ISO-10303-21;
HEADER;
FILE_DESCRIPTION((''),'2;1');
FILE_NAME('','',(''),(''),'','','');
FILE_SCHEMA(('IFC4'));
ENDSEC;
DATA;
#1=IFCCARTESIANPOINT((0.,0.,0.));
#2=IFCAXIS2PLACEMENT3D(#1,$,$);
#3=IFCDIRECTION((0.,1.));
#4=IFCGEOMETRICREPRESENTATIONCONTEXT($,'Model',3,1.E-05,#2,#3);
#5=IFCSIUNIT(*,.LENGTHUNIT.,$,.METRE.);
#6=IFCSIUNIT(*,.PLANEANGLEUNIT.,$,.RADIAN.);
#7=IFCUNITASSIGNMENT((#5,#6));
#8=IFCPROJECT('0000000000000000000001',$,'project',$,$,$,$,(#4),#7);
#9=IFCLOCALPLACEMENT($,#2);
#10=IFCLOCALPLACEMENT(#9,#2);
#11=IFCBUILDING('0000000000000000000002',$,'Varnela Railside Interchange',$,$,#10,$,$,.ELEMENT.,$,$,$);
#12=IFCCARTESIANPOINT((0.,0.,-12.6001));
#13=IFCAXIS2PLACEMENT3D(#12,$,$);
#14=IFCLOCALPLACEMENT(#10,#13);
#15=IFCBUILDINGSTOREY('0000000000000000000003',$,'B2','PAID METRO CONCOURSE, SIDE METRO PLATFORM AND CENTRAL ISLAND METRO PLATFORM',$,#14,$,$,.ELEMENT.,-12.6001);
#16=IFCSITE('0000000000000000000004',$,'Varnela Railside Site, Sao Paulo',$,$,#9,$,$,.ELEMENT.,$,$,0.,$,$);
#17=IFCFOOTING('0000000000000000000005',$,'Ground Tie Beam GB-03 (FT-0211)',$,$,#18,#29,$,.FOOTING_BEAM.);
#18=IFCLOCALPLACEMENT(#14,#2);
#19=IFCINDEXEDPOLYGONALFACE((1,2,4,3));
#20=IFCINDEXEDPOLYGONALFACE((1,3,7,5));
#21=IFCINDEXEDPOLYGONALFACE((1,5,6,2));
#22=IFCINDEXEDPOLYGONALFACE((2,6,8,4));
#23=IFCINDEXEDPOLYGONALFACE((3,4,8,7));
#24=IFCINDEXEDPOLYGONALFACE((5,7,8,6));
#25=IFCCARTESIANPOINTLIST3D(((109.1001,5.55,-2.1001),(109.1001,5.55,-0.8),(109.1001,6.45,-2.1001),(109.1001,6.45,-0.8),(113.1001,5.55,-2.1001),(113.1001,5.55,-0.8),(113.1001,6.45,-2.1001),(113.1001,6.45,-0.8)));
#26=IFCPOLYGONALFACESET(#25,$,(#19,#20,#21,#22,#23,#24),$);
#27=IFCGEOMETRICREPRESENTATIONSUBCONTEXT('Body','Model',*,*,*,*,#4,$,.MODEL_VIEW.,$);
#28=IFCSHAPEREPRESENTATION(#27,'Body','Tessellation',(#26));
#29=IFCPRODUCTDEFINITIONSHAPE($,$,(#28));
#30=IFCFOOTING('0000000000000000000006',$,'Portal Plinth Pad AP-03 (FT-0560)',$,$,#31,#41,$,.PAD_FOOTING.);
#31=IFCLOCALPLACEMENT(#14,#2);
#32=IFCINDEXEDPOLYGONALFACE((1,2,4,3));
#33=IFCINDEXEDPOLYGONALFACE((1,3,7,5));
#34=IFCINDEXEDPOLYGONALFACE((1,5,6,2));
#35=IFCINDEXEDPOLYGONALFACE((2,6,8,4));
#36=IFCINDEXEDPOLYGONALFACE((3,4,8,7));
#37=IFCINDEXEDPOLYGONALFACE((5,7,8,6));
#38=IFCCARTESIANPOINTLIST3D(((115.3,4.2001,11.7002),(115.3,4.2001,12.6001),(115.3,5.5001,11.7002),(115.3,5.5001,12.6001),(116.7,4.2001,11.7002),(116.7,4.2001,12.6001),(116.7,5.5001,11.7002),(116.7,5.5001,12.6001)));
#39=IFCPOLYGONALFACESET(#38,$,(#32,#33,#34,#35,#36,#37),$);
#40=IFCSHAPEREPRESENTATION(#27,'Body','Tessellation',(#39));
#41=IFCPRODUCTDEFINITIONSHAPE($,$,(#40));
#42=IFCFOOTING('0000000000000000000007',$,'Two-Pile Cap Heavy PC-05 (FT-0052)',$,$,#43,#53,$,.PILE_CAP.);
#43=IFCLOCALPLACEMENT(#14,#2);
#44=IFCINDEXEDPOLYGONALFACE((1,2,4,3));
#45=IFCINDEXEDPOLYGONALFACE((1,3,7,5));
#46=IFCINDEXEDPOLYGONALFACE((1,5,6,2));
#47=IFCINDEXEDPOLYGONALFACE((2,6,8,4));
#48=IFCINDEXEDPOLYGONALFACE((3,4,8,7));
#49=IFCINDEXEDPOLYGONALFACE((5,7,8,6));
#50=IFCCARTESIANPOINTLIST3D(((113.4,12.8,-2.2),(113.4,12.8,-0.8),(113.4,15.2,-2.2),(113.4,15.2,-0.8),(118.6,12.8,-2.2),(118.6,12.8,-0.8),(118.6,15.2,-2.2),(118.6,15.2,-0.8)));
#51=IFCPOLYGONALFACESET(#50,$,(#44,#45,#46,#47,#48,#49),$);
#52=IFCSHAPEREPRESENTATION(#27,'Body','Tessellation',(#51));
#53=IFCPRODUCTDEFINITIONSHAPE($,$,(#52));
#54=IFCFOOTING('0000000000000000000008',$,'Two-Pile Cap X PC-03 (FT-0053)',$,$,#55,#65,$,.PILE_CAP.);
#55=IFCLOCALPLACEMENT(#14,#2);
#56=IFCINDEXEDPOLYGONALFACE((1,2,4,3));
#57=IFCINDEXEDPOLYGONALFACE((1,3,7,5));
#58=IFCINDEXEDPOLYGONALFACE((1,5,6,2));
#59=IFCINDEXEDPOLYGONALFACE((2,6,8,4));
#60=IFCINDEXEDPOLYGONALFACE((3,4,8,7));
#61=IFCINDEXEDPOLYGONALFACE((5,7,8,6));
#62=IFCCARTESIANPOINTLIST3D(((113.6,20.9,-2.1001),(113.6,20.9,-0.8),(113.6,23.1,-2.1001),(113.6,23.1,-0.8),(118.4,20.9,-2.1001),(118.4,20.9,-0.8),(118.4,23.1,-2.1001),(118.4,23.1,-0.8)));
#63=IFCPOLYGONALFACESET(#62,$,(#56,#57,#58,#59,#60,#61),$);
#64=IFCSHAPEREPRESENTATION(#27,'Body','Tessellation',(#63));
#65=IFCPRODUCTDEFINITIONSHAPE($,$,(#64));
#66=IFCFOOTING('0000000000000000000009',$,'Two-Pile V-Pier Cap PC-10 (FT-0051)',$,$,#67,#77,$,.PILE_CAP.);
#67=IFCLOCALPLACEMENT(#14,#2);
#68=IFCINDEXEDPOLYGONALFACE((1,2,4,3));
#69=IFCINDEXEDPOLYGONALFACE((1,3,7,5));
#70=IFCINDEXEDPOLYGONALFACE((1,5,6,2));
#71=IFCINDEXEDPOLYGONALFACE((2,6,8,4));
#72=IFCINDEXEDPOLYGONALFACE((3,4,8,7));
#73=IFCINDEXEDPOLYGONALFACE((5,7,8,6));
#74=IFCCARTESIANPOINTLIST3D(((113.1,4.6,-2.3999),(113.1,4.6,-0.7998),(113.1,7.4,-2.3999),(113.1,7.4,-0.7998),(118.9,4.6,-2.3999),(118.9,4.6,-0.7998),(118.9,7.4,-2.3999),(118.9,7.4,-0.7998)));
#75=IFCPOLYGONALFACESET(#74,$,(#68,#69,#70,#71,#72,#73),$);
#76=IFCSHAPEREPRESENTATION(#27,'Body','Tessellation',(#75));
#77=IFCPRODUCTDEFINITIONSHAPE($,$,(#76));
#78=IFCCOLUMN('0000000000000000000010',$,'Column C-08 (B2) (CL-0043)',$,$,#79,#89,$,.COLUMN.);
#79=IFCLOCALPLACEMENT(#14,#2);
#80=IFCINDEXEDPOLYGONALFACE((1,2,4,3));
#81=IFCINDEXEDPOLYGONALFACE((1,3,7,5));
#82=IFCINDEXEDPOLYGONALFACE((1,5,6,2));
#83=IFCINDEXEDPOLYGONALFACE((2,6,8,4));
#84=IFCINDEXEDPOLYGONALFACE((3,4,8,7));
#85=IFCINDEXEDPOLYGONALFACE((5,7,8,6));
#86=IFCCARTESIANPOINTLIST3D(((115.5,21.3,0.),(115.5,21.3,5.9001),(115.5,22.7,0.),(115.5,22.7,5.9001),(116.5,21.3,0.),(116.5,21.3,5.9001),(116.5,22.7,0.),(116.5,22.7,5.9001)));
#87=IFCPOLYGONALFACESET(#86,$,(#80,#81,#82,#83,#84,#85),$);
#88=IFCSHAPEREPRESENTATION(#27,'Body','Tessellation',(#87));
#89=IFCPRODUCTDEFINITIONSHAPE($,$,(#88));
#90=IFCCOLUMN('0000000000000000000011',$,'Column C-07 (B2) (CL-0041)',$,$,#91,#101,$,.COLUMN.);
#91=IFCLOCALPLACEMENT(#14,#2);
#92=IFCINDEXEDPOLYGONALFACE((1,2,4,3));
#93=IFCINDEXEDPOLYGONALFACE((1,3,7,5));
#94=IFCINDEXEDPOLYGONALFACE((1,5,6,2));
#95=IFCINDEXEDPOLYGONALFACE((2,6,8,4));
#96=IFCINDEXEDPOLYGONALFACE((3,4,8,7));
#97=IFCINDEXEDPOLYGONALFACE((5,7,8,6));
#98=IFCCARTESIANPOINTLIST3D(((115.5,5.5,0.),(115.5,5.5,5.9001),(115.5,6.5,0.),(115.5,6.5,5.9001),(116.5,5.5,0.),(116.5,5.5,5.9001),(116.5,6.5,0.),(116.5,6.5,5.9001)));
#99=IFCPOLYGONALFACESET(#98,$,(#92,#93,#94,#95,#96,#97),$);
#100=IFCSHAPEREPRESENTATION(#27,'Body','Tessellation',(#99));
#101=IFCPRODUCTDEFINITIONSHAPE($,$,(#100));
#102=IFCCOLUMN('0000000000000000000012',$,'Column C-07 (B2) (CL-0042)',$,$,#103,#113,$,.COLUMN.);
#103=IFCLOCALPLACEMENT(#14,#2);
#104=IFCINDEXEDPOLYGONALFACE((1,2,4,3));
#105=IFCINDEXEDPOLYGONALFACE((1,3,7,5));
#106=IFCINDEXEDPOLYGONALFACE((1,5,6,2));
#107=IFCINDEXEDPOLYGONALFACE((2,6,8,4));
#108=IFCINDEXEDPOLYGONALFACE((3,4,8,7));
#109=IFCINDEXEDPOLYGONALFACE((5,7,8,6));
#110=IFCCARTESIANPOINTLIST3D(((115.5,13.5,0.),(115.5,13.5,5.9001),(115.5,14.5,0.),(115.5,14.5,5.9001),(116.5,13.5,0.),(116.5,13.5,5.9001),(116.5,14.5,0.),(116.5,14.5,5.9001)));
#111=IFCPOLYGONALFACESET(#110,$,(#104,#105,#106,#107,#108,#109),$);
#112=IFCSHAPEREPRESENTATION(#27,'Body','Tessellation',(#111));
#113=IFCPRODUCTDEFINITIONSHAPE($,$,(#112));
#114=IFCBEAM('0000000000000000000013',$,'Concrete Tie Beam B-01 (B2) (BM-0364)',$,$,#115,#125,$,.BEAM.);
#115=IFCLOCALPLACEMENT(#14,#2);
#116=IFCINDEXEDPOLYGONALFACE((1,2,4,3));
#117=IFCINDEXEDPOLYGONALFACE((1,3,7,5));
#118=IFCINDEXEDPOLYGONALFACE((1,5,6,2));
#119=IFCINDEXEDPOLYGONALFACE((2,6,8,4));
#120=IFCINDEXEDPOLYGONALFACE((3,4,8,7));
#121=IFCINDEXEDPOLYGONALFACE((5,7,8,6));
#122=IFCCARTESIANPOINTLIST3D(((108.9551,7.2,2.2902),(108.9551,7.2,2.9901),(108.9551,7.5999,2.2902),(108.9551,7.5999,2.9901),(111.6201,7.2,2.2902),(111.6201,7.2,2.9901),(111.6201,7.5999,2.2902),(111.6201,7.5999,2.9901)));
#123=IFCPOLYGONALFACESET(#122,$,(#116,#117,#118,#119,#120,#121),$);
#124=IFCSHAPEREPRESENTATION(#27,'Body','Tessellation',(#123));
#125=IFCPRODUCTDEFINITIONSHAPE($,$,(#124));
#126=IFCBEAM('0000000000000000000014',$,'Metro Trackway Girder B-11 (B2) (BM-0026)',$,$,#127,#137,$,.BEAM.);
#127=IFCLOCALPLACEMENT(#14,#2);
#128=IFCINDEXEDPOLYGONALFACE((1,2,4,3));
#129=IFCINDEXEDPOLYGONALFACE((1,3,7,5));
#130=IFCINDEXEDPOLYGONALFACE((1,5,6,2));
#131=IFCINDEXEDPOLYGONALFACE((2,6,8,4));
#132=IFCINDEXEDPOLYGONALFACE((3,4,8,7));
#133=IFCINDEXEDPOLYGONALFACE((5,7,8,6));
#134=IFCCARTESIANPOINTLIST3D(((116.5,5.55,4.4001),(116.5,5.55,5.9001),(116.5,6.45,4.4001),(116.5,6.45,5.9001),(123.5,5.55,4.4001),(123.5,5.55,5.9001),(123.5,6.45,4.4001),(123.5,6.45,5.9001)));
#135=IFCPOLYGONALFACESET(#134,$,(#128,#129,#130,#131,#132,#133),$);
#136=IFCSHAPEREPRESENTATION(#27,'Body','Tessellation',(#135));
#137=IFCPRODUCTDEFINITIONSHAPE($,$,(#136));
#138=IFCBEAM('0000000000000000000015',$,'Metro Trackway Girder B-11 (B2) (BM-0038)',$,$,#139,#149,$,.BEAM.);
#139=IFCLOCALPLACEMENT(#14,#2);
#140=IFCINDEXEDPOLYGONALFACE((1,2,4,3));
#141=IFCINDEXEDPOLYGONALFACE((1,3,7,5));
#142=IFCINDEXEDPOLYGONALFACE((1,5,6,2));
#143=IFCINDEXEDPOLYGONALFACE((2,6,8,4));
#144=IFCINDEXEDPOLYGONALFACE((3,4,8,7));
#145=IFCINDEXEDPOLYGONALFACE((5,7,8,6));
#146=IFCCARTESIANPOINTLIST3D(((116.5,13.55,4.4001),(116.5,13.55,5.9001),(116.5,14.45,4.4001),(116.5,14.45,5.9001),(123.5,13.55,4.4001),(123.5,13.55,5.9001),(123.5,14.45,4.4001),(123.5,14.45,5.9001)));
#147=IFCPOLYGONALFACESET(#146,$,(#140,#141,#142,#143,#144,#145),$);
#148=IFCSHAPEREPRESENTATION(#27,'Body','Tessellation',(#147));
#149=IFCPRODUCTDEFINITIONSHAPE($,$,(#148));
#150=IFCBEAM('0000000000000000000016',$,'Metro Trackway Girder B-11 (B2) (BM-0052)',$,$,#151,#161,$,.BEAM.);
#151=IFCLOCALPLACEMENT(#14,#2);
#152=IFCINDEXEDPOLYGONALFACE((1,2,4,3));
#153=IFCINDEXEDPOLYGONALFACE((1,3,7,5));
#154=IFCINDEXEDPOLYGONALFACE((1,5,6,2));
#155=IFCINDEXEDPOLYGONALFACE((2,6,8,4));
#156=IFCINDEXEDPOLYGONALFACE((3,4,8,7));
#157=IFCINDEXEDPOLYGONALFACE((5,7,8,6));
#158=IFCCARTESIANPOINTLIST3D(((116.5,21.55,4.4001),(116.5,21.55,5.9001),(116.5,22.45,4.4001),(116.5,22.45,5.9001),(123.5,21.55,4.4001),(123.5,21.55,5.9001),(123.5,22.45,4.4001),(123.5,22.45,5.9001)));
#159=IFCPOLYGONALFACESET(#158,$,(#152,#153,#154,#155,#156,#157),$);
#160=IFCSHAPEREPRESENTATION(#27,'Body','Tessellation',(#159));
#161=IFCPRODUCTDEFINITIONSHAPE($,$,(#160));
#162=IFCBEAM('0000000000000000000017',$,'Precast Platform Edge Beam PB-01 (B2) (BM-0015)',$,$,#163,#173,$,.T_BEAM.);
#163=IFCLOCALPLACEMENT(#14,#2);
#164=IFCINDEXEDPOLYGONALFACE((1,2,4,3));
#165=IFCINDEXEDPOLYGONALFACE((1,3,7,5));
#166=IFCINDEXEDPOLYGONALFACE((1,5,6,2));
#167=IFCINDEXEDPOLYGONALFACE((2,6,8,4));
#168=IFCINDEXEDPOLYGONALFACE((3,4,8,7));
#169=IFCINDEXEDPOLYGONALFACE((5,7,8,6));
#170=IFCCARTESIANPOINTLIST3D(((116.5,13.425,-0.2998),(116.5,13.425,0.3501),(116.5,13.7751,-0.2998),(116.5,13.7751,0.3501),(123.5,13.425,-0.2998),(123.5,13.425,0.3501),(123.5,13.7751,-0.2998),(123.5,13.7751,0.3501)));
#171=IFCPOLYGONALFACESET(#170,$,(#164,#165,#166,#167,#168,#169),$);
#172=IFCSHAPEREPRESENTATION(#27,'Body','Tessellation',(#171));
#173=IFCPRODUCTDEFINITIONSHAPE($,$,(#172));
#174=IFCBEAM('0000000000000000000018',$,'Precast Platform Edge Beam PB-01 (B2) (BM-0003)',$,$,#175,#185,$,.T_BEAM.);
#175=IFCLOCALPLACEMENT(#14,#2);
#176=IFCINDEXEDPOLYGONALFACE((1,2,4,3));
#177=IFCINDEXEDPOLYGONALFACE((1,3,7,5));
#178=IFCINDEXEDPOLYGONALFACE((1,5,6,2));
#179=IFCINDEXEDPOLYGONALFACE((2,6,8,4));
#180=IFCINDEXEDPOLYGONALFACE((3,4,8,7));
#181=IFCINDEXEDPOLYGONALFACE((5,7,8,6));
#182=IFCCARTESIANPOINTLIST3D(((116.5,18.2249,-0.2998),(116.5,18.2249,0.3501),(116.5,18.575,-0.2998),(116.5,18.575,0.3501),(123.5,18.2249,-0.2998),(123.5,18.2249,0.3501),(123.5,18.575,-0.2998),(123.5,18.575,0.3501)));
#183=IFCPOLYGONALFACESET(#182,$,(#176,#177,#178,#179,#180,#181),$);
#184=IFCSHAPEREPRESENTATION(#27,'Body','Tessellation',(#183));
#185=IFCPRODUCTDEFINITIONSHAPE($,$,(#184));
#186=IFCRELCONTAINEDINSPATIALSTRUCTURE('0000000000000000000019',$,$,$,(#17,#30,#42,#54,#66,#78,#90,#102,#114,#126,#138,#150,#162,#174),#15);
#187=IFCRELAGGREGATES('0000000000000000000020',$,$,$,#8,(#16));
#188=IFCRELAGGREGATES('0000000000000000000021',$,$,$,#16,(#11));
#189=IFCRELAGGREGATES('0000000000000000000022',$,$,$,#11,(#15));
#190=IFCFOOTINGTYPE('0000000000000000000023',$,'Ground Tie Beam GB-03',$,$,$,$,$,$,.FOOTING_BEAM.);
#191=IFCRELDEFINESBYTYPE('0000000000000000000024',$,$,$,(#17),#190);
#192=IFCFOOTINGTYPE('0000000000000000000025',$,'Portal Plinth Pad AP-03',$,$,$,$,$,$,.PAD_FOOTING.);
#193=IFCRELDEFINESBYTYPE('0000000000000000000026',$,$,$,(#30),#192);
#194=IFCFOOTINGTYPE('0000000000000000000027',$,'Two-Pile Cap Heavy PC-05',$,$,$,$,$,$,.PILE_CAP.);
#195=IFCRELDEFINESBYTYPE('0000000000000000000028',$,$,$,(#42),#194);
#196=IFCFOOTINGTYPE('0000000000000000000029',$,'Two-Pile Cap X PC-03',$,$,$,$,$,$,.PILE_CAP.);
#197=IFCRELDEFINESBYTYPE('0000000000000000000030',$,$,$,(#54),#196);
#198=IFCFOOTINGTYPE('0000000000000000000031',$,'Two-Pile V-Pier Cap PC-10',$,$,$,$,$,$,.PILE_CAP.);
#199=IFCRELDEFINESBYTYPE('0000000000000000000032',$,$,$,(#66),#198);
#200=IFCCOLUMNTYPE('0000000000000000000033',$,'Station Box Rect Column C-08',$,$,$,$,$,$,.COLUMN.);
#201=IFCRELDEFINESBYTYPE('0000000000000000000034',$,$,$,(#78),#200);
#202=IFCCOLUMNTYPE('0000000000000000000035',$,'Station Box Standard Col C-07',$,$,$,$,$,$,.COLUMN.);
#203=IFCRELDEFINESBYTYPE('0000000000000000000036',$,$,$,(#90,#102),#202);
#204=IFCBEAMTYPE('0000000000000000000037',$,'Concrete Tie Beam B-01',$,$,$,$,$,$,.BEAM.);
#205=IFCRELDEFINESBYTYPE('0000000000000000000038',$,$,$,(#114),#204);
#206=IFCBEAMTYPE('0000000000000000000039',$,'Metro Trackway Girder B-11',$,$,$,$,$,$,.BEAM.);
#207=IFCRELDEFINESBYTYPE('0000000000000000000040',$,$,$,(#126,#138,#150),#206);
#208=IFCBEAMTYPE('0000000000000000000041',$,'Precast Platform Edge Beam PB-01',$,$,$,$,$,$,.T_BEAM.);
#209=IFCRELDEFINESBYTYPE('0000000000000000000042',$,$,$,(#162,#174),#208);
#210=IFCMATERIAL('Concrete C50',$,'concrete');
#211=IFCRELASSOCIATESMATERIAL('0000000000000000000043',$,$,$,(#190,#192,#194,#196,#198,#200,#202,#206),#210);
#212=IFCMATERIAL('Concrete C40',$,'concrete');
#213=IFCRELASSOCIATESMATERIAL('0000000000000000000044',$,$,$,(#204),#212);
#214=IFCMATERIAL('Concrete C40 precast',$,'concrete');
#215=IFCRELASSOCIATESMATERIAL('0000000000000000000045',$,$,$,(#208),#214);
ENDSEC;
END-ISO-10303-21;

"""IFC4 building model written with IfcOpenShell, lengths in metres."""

from ifc_helpers import new_model, si_unit, direction, frame, origin, origin_2d, place, context, subcontext, project, spatial, rectangle, extrude, material, material_profile, profile_set, type_object, element, save


model = new_model("IFC4")

# Units and contexts
model_context = context("Model", 3, precision=1e-05, world=origin(), true_north=direction((0.0, 1.0)))
body_context = subcontext(model_context, "Body", "Model", "MODEL_VIEW")
ifc_project = project(units=[si_unit("LENGTHUNIT", "METRE"), si_unit("PLANEANGLEUNIT", "RADIAN")], contexts=[model_context])

# Site, building, storey
site_placement = place(None, origin())
site = spatial("IfcSite", under=ifc_project, at=site_placement, Name="Varnela Railside Site, Sao Paulo", CompositionType="ELEMENT", RefElevation=0.0)
building_placement = place(site_placement, origin())
building = spatial("IfcBuilding", under=site, at=building_placement, Name="Varnela Railside Interchange", CompositionType="ELEMENT")
storey_placement = place(building_placement, frame((0.0, 0.0, -12.6001)))
storey = spatial("IfcBuildingStorey", under=building, at=storey_placement, Name="B2", Description="PAID METRO CONCOURSE, SIDE METRO PLATFORM AND CENTRAL ISLAND METRO PLATFORM", CompositionType="ELEMENT", Elevation=-12.6001)

# Shared definitions
ifc_material_1 = material(Name="Concrete C40", Category="concrete")

# Footings
ifc_material_2 = material(Name="Concrete C50", Category="concrete")
footing_type_1 = type_object("IfcFootingType", Name="Ground Tie Beam GB-03", PredefinedType="FOOTING_BEAM", material=ifc_material_2)
footing_1_placement = place(storey_placement, frame((111.1001, 6.0, -2.1001), z_axis=(0.0, 0.0, 1.0), x_axis=(1.0, 0.0, 0.0)))
element("IfcFooting", 1, at=footing_1_placement, inside=storey, type_object=footing_type_1, Name="Ground Tie Beam GB-03 (FT-0211)", PredefinedType="FOOTING_BEAM", context=body_context, shape_type="SweptSolid", body=[
    extrude(rectangle(XDim=4.0, YDim=0.8999, at=origin_2d()), origin(), (0.0, 0.0, 1.0), 1.3),
])
footing_type_2 = type_object("IfcFootingType", Name="Portal Plinth Pad AP-03", PredefinedType="PAD_FOOTING", material=ifc_material_2)
footing_2_placement = place(storey_placement, frame((116.0, 4.8501, 11.7002), z_axis=(0.0, 0.0, 1.0), x_axis=(1.0, 0.0, 0.0)))
element("IfcFooting", 2, at=footing_2_placement, inside=storey, type_object=footing_type_2, Name="Portal Plinth Pad AP-03 (FT-0560)", PredefinedType="PAD_FOOTING", context=body_context, shape_type="SweptSolid", body=[
    extrude(rectangle(XDim=1.3999, YDim=1.3, at=origin_2d()), origin(), (0.0, 0.0, 1.0), 0.8999),
])
footing_type_3 = type_object("IfcFootingType", Name="Two-Pile Cap Heavy PC-05", PredefinedType="PILE_CAP", material=ifc_material_2)
footing_3_placement = place(storey_placement, frame((116.0, 14.0, -2.2), z_axis=(0.0, 0.0, 1.0), x_axis=(1.0, 0.0, 0.0)))
element("IfcFooting", 3, at=footing_3_placement, inside=storey, type_object=footing_type_3, Name="Two-Pile Cap Heavy PC-05 (FT-0052)", PredefinedType="PILE_CAP", context=body_context, shape_type="SweptSolid", body=[
    extrude(rectangle(XDim=5.2, YDim=2.3999, at=origin_2d()), origin(), (0.0, 0.0, 1.0), 1.3999),
])
footing_type_4 = type_object("IfcFootingType", Name="Two-Pile Cap X PC-03", PredefinedType="PILE_CAP", material=ifc_material_2)
footing_4_placement = place(storey_placement, frame((116.0, 22.0, -2.1001), z_axis=(0.0, 0.0, 1.0), x_axis=(1.0, 0.0, 0.0)))
element("IfcFooting", 4, at=footing_4_placement, inside=storey, type_object=footing_type_4, Name="Two-Pile Cap X PC-03 (FT-0053)", PredefinedType="PILE_CAP", context=body_context, shape_type="SweptSolid", body=[
    extrude(rectangle(XDim=4.8, YDim=2.2, at=origin_2d()), origin(), (0.0, 0.0, 1.0), 1.3),
])
footing_type_5 = type_object("IfcFootingType", Name="Two-Pile V-Pier Cap PC-10", PredefinedType="PILE_CAP", material=ifc_material_2)
footing_5_placement = place(storey_placement, frame((116.0, 6.0, -2.3999), z_axis=(0.0, 0.0, 1.0), x_axis=(1.0, 0.0, 0.0)))
element("IfcFooting", 5, at=footing_5_placement, inside=storey, type_object=footing_type_5, Name="Two-Pile V-Pier Cap PC-10 (FT-0051)", PredefinedType="PILE_CAP", context=body_context, shape_type="SweptSolid", body=[
    extrude(rectangle(XDim=5.8, YDim=2.8, at=origin_2d()), origin(), (0.0, 0.0, 1.0), 1.6001),
])

# Columns
ifc_material_profile_1 = material_profile(ifc_material_2, rectangle(XDim=1.0, YDim=1.3999, at=origin_2d()), Name="RC 1000x1400")
ifc_profile_set_1 = profile_set([ifc_material_profile_1], Name="Concrete C50")
column_type_1 = type_object("IfcColumnType", Name="Station Box Rect Column C-08", PredefinedType="COLUMN", material=ifc_profile_set_1)
column_placement = place(storey_placement, frame((116.0, 22.0, 0.0), z_axis=(0.0, 0.0, 1.0), x_axis=(1.0, 0.0, 0.0)))
element("IfcColumn", 6, at=column_placement, inside=storey, type_object=column_type_1, Name="Column C-08 (B2) (CL-0043)", PredefinedType="COLUMN", context=body_context, shape_type="SweptSolid", body=[
    extrude(rectangle(XDim=1.0, YDim=1.3999, at=origin_2d()), origin(), (0.0, 0.0, 1.0), 5.9001),
])
ifc_material_profile_2 = material_profile(ifc_material_2, rectangle(XDim=1.0, YDim=1.0, at=origin_2d()), Name="RC 1000x1000")
ifc_profile_set_2 = profile_set([ifc_material_profile_2], Name="Concrete C50")
column_type_2 = type_object("IfcColumnType", Name="Station Box Standard Col C-07", PredefinedType="COLUMN", material=ifc_profile_set_2)
for number, where, z_axis, x_axis, name in (
    (7, (116.0, 6.0, 0.0), (0.0, 0.0, 1.0), (1.0, 0.0, 0.0), "Column C-07 (B2) (CL-0041)"),
    (8, (116.0, 14.0, 0.0), (0.0, 0.0, 1.0), (1.0, 0.0, 0.0), "Column C-07 (B2) (CL-0042)"),
):
    element("IfcColumn", number, at=place(storey_placement, frame(where, z_axis=z_axis, x_axis=x_axis)), inside=storey, type_object=column_type_2, Name=name, PredefinedType="COLUMN", context=body_context, shape_type="SweptSolid", body=[
        extrude(rectangle(XDim=1.0, YDim=1.0, at=origin_2d()), origin(), (0.0, 0.0, 1.0), 5.9001),
    ])

# Beams
ifc_material_profile_3 = material_profile(ifc_material_1, rectangle(XDim=0.3999, YDim=0.7, at=origin_2d()), Name="RC 400x700")
ifc_profile_set_3 = profile_set([ifc_material_profile_3], Name="Concrete C40")
beam_type_1 = type_object("IfcBeamType", Name="Concrete Tie Beam B-01", PredefinedType="BEAM", material=ifc_profile_set_3)
beam_1_placement = place(storey_placement, frame((108.9551, 7.3999, 2.6401), z_axis=(1.0, 0.0, 0.0), x_axis=(0.0, 1.0, 0.0)))
element("IfcBeam", 9, at=beam_1_placement, inside=storey, type_object=beam_type_1, Name="Concrete Tie Beam B-01 (B2) (BM-0364)", PredefinedType="BEAM", context=body_context, shape_type="SweptSolid", body=[
    extrude(rectangle(XDim=0.3999, YDim=0.7, at=origin_2d()), origin(), (0.0, 0.0, 1.0), 2.665),
])
ifc_material_profile_4 = material_profile(ifc_material_2, rectangle(XDim=0.8999, YDim=1.5, at=origin_2d()), Name="RC 900x1500")
ifc_profile_set_4 = profile_set([ifc_material_profile_4], Name="Concrete C50")
beam_type_2 = type_object("IfcBeamType", Name="Metro Trackway Girder B-11", PredefinedType="BEAM", material=ifc_profile_set_4)
for number, where, z_axis, x_axis, name in (
    (10, (116.5, 6.0, 5.1501), (1.0, 0.0, 0.0), (0.0, 1.0, 0.0), "Metro Trackway Girder B-11 (B2) (BM-0026)"),
    (11, (116.5, 14.0, 5.1501), (1.0, 0.0, 0.0), (0.0, 1.0, 0.0), "Metro Trackway Girder B-11 (B2) (BM-0038)"),
    (12, (116.5, 22.0, 5.1501), (1.0, 0.0, 0.0), (0.0, 1.0, 0.0), "Metro Trackway Girder B-11 (B2) (BM-0052)"),
):
    element("IfcBeam", number, at=place(storey_placement, frame(where, z_axis=z_axis, x_axis=x_axis)), inside=storey, type_object=beam_type_2, Name=name, PredefinedType="BEAM", context=body_context, shape_type="SweptSolid", body=[
        extrude(rectangle(XDim=0.8999, YDim=1.5, at=origin_2d()), origin(), (0.0, 0.0, 1.0), 7.0),
    ])
ifc_material_3 = material(Name="Concrete C40 precast", Category="concrete")
ifc_material_profile_5 = material_profile(ifc_material_3, rectangle(XDim=0.3501, YDim=0.6499, at=origin_2d()), Name="PC 350x650")
ifc_profile_set_5 = profile_set([ifc_material_profile_5], Name="Concrete C40 precast")
beam_type_3 = type_object("IfcBeamType", Name="Precast Platform Edge Beam PB-01", PredefinedType="T_BEAM", material=ifc_profile_set_5)
for number, where, z_axis, x_axis, name in (
    (13, (116.5, 13.6001, 0.0251), (1.0, 0.0, 0.0), (0.0, 1.0, 0.0), "Precast Platform Edge Beam PB-01 (B2) (BM-0015)"),
    (14, (116.5, 18.3999, 0.0251), (1.0, 0.0, 0.0), (0.0, 1.0, 0.0), "Precast Platform Edge Beam PB-01 (B2) (BM-0003)"),
):
    element("IfcBeam", number, at=place(storey_placement, frame(where, z_axis=z_axis, x_axis=x_axis)), inside=storey, type_object=beam_type_3, Name=name, PredefinedType="T_BEAM", context=body_context, shape_type="SweptSolid", body=[
        extrude(rectangle(XDim=0.3501, YDim=0.6499, at=origin_2d()), origin(), (0.0, 0.0, 1.0), 7.0),
    ])

save(model, "model.ifc")
